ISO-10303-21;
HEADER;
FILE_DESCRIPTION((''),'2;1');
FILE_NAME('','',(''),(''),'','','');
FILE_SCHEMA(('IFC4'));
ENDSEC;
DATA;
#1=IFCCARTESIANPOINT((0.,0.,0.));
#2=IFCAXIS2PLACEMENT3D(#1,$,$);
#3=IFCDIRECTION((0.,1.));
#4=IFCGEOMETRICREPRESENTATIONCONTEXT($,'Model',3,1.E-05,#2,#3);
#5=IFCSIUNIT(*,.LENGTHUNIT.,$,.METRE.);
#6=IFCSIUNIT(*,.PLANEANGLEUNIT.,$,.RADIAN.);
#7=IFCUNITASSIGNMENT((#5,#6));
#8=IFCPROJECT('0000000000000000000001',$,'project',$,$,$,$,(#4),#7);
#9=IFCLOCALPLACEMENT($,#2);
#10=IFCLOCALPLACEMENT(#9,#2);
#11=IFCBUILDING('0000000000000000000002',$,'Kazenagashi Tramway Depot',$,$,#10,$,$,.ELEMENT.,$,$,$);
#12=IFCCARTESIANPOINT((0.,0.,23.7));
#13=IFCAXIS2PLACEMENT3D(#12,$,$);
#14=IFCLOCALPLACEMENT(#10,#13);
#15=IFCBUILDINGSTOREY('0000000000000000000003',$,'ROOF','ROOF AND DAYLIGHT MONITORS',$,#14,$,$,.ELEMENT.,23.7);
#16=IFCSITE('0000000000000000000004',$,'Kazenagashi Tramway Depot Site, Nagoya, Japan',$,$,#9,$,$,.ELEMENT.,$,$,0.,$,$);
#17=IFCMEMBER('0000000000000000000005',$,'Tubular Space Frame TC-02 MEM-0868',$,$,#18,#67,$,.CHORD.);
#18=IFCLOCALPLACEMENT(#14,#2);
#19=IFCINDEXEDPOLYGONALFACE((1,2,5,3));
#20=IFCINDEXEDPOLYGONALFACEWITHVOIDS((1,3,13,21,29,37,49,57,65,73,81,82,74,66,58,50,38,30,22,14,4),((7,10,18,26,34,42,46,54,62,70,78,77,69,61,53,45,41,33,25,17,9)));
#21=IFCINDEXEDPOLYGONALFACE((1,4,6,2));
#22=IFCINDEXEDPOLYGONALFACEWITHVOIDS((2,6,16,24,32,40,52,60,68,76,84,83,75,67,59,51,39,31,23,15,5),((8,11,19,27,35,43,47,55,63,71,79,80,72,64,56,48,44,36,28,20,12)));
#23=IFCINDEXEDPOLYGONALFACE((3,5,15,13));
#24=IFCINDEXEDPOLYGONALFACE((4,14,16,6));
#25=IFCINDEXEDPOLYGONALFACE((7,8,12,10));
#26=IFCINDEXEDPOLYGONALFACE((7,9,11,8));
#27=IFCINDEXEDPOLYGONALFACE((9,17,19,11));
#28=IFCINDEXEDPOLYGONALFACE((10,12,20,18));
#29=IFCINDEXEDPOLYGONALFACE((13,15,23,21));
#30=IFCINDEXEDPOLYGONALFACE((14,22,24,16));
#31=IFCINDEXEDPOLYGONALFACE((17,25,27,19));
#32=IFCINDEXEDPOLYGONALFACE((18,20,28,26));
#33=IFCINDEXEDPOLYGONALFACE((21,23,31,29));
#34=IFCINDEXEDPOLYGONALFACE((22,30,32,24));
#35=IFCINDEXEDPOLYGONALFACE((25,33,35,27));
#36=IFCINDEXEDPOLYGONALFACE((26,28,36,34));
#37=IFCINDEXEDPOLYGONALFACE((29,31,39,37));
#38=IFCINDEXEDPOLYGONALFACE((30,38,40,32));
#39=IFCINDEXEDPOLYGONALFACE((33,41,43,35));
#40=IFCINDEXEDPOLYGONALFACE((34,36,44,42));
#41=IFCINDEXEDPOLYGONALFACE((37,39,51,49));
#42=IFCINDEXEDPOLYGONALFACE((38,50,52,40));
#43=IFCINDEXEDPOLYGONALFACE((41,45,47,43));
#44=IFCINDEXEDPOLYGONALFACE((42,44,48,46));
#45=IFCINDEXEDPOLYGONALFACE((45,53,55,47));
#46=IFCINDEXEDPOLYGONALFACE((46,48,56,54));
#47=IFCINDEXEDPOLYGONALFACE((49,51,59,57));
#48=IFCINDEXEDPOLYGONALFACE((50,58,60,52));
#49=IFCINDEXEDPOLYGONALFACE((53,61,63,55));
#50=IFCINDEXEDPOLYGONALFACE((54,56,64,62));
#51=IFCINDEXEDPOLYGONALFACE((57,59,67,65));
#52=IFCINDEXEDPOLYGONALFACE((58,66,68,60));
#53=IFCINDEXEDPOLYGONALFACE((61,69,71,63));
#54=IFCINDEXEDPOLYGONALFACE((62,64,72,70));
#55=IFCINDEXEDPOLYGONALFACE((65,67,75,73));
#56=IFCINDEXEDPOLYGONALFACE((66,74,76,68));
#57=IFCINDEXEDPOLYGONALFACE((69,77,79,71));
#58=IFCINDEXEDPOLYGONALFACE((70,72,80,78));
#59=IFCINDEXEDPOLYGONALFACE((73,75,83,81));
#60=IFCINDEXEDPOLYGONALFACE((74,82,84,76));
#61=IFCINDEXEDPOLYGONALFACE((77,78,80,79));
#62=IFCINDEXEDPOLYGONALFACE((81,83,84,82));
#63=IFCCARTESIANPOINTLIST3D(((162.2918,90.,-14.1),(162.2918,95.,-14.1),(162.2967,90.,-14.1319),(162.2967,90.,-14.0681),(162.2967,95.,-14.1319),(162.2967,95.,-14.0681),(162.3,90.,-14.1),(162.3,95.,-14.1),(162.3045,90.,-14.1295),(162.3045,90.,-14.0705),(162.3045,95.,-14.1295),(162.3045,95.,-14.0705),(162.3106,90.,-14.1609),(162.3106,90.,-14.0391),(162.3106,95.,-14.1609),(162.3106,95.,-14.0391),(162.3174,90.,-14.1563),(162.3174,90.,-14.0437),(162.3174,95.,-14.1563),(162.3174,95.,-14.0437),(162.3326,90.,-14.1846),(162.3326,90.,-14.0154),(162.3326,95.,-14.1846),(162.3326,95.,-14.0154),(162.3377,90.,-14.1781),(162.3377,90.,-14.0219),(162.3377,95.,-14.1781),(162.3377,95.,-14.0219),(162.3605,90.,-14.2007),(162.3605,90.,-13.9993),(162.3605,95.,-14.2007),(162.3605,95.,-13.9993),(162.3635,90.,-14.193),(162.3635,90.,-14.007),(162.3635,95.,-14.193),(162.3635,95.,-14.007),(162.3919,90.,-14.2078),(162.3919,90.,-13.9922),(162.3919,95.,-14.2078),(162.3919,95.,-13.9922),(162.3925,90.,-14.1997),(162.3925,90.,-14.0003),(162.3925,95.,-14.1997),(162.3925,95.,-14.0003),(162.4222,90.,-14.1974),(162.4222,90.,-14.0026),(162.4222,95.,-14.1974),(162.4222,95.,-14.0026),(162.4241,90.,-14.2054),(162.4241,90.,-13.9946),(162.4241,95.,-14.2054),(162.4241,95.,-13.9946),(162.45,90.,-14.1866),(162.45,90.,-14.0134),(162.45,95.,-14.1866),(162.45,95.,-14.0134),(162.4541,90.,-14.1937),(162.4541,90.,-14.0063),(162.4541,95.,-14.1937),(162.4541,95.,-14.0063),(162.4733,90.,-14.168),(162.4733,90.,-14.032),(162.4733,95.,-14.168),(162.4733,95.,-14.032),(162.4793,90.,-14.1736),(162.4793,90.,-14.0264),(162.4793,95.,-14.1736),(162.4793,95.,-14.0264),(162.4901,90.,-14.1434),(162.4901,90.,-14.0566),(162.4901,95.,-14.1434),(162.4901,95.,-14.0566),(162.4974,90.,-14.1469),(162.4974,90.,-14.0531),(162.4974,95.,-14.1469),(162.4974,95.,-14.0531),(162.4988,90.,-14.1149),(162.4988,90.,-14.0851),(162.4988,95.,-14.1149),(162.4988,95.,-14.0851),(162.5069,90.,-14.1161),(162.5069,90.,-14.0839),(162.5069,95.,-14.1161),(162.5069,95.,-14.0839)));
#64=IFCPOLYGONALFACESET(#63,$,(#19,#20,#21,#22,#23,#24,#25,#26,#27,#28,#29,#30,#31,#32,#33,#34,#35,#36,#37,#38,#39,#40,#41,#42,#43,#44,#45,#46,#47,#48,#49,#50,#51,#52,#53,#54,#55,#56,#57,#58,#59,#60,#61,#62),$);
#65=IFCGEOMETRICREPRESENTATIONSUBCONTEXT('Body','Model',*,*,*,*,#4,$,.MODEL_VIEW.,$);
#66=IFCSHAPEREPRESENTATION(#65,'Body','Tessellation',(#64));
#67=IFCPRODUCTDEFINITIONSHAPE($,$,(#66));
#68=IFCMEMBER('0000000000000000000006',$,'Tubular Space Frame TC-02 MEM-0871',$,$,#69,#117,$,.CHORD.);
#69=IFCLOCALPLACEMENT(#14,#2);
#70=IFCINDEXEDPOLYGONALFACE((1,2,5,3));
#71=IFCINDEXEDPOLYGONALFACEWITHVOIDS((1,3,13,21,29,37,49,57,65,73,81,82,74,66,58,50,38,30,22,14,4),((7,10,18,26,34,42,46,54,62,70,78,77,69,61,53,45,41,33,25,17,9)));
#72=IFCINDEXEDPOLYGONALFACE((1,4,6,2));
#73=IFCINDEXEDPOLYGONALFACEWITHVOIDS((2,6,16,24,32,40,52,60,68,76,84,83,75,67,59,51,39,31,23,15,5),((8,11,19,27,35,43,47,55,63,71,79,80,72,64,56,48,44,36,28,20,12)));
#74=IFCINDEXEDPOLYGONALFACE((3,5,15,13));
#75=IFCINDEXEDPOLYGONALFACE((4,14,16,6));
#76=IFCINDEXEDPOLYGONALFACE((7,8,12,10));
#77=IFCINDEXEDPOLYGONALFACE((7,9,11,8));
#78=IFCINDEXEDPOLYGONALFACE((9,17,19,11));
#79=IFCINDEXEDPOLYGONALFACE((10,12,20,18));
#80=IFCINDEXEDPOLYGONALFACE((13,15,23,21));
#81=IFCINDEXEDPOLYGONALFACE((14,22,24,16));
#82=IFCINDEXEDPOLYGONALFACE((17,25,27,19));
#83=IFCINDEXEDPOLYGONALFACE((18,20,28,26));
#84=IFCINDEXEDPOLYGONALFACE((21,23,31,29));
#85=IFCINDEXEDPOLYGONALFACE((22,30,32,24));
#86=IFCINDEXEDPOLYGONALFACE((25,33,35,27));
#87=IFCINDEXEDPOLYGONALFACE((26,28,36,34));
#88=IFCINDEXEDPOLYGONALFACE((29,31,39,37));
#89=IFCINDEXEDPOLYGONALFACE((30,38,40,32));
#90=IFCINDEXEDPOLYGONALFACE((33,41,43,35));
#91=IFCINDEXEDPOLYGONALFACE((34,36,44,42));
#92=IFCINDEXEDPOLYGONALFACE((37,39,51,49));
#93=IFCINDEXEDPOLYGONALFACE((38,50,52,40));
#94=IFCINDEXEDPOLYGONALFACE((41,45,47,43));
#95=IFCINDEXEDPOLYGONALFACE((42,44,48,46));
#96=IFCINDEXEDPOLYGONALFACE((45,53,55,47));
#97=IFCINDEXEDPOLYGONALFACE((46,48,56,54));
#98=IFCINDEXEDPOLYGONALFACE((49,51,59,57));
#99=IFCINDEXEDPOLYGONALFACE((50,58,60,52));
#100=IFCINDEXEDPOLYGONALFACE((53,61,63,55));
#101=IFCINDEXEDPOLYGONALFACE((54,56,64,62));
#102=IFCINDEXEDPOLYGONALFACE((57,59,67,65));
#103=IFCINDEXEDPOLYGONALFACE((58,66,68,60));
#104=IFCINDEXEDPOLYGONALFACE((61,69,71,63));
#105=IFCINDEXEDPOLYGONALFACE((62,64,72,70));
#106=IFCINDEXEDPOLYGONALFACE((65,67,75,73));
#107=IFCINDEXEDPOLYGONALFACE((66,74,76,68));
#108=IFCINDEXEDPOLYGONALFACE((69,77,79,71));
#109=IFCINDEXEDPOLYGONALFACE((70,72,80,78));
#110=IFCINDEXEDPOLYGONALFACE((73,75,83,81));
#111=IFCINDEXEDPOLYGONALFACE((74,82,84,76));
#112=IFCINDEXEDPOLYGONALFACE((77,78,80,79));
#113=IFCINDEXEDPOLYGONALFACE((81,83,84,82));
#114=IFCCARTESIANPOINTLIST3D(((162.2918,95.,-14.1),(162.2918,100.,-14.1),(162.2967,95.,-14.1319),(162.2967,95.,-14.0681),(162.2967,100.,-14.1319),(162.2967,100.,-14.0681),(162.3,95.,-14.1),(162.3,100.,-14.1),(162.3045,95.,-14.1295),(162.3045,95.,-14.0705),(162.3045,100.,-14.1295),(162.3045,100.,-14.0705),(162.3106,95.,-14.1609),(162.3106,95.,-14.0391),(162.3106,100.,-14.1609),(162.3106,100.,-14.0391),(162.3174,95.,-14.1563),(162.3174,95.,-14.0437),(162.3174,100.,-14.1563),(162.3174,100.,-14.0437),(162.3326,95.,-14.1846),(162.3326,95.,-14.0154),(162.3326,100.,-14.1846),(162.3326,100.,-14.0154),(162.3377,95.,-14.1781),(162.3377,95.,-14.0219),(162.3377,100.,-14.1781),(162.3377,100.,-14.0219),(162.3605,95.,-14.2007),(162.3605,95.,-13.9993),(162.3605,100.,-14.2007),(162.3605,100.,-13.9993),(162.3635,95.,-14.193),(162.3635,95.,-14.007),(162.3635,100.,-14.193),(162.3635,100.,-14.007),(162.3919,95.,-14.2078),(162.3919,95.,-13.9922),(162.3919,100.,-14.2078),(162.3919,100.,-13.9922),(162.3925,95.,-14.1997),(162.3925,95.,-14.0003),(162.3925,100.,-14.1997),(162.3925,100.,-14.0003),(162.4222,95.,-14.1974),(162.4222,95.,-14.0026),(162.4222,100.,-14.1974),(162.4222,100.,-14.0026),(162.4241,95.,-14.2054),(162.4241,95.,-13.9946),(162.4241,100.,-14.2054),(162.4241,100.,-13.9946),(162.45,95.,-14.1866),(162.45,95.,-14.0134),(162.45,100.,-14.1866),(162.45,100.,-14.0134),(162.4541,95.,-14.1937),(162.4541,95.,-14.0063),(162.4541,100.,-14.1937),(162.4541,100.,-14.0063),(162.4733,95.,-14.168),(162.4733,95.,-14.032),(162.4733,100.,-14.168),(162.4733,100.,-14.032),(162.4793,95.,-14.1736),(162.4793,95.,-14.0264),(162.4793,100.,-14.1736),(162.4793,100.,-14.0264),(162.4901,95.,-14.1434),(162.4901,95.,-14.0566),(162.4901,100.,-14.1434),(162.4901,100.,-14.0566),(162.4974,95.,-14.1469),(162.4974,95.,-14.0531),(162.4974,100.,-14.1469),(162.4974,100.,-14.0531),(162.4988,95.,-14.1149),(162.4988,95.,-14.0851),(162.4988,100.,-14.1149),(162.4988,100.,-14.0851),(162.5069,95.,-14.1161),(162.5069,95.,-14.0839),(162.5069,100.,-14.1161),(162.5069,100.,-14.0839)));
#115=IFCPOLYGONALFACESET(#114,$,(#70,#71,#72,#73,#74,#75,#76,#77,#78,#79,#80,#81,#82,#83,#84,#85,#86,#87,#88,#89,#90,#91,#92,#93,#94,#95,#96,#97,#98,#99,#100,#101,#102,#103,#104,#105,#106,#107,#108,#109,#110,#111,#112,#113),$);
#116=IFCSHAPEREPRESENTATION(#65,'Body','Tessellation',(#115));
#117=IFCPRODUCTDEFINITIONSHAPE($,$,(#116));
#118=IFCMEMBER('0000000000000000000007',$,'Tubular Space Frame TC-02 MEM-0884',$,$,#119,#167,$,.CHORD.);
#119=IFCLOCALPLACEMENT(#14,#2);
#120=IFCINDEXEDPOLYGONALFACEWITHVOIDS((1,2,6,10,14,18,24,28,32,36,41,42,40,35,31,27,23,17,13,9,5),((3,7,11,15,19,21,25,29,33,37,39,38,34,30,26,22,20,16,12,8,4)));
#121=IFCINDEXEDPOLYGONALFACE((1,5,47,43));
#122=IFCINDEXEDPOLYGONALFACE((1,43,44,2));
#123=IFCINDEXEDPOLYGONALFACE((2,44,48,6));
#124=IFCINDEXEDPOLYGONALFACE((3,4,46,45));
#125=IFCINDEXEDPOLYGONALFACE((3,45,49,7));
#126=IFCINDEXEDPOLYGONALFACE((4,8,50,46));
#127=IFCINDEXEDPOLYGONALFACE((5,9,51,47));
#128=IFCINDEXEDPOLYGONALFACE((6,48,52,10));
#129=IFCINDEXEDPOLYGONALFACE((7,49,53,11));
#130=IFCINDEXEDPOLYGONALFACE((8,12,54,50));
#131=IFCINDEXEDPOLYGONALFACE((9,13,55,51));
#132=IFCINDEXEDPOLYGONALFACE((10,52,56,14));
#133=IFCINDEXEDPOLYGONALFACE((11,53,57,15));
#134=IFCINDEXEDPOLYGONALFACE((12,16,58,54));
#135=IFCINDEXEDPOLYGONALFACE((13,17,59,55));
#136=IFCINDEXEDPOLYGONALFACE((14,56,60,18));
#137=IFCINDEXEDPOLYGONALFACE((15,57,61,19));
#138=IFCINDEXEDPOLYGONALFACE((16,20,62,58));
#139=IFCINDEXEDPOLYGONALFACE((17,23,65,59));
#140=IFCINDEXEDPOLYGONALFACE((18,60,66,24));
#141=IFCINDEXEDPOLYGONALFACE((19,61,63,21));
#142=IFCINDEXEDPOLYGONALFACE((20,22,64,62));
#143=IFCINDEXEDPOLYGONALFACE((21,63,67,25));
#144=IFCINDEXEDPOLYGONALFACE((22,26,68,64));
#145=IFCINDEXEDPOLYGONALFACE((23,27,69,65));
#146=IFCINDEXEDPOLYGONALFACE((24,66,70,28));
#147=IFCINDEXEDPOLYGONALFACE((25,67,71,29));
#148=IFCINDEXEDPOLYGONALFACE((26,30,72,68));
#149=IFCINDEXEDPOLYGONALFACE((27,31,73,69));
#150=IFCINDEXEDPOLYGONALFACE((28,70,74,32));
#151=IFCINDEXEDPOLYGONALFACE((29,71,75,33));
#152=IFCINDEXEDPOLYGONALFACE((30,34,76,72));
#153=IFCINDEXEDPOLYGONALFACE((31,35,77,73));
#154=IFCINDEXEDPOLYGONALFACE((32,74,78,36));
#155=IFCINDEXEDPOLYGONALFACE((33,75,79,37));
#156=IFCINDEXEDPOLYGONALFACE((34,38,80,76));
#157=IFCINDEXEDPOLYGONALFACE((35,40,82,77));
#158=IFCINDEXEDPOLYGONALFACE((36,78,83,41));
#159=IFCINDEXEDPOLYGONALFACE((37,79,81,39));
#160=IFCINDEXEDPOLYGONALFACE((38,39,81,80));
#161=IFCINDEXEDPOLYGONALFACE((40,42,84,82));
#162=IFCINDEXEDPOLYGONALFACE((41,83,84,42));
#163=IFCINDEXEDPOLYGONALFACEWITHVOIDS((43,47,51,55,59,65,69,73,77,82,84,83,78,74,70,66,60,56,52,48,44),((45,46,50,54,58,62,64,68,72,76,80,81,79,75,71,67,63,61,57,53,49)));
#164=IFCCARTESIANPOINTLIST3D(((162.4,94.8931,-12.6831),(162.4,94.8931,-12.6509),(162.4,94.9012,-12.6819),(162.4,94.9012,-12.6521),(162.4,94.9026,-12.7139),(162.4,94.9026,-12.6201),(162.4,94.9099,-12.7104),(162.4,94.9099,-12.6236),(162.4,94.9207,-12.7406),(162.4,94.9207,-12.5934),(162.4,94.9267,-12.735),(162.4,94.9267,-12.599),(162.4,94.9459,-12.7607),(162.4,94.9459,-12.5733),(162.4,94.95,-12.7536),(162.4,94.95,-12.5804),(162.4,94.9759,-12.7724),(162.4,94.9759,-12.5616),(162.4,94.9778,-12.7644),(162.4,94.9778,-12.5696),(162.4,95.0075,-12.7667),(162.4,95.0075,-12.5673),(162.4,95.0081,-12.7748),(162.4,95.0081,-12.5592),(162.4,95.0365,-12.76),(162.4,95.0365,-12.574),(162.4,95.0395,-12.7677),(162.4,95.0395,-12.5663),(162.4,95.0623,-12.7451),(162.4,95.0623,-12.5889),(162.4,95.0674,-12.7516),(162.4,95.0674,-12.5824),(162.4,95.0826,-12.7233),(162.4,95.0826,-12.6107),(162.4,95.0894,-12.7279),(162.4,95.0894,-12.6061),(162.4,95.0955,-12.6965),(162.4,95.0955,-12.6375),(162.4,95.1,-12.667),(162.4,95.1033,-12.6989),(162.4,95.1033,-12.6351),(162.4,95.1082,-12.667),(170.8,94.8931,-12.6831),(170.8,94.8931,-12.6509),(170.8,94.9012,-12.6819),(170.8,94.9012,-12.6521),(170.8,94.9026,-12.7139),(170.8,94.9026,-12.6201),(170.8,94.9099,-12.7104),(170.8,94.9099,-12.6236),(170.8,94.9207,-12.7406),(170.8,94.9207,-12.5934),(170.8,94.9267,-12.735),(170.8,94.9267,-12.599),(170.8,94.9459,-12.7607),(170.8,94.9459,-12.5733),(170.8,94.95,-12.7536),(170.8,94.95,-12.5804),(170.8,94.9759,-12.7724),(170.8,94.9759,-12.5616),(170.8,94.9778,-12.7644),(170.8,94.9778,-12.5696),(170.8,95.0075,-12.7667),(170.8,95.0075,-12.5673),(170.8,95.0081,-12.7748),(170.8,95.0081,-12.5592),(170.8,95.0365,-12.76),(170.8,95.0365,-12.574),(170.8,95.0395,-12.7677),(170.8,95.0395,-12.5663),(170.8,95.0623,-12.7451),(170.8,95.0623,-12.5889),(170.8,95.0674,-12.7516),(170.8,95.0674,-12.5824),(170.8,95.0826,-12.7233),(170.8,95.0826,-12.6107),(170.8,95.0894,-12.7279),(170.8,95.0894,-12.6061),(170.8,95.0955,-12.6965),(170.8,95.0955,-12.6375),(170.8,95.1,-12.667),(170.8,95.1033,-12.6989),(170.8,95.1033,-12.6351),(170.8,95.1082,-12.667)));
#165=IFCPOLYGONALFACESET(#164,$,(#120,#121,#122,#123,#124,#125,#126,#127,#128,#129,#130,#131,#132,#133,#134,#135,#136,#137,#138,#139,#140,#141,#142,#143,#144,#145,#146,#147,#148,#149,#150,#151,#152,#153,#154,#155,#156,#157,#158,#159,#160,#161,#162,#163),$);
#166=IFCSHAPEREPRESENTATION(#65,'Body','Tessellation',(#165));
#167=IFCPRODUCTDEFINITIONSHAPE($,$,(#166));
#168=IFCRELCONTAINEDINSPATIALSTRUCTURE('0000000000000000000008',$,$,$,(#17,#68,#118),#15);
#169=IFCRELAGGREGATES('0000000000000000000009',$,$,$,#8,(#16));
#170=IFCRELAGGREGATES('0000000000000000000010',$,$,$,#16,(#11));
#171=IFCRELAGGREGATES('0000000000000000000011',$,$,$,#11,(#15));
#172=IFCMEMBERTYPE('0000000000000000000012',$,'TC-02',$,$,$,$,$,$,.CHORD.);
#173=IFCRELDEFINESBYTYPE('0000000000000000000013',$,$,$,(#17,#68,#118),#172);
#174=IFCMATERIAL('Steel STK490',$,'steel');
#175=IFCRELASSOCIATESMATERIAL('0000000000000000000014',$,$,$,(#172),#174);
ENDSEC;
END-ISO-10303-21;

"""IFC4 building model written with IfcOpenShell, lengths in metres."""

from ifc_helpers import new_model, si_unit, direction, frame, origin, origin_2d, place, context, subcontext, project, spatial, hollow_circle, extrude, material, material_profile, profile_set, type_object, element, save


model = new_model("IFC4")

# Units and contexts
model_context = context("Model", 3, precision=1e-05, world=origin(), true_north=direction((0.0, 1.0)))
body_context = subcontext(model_context, "Body", "Model", "MODEL_VIEW")
ifc_project = project(units=[si_unit("LENGTHUNIT", "METRE"), si_unit("PLANEANGLEUNIT", "RADIAN")], contexts=[model_context])

# Site, building, storey
site_placement = place(None, origin())
site = spatial("IfcSite", under=ifc_project, at=site_placement, Name="Kazenagashi Tramway Depot Site, Nagoya, Japan", CompositionType="ELEMENT", RefElevation=0.0)
building_placement = place(site_placement, origin())
building = spatial("IfcBuilding", under=site, at=building_placement, Name="Kazenagashi Tramway Depot", CompositionType="ELEMENT")
storey_placement = place(building_placement, frame((0.0, 0.0, 23.7)))
storey = spatial("IfcBuildingStorey", under=building, at=storey_placement, Name="ROOF", Description="ROOF AND DAYLIGHT MONITORS", CompositionType="ELEMENT", Elevation=23.7)

# Members
ifc_material_1 = material(Name="Steel STK490", Category="steel")
ifc_material_profile_1 = material_profile(ifc_material_1, hollow_circle(Radius=0.1081, WallThickness=0.0082, at=origin_2d()), Name="CHS-216.3x8.2")
ifc_profile_set_1 = profile_set([ifc_material_profile_1], Name="Steel STK490")
member_type_1 = type_object("IfcMemberType", Name="TC-02", PredefinedType="CHORD", material=ifc_profile_set_1)
for number, where, z_axis, x_axis, name in (
    (1, (162.4, 90.0, -14.1), (0.0, 1.0, 0.0), (-1.0, 0.0, 0.0), "Tubular Space Frame TC-02 MEM-0868"),
    (2, (162.4, 95.0, -14.1), (0.0, 1.0, 0.0), (-1.0, 0.0, 0.0), "Tubular Space Frame TC-02 MEM-0871"),
):
    element("IfcMember", number, at=place(storey_placement, frame(where, z_axis=z_axis, x_axis=x_axis)), inside=storey, type_object=member_type_1, Name=name, PredefinedType="CHORD", context=body_context, shape_type="SweptSolid", body=[
        extrude(hollow_circle(Radius=0.1081, WallThickness=0.0082, at=origin_2d()), origin(), (0.0, 0.0, 1.0), 5.0),
    ])
member_1_placement = place(storey_placement, frame((162.4, 95.0, -12.667), z_axis=(1.0, 0.0, 0.0), x_axis=(0.0, 1.0, 0.0)))
element("IfcMember", 3, at=member_1_placement, inside=storey, type_object=member_type_1, Name="Tubular Space Frame TC-02 MEM-0884", PredefinedType="CHORD", context=body_context, shape_type="SweptSolid", body=[
    extrude(hollow_circle(Radius=0.1081, WallThickness=0.0082, at=origin_2d()), origin(), (0.0, 0.0, 1.0), 8.4),
])

save(model, "model.ifc")
